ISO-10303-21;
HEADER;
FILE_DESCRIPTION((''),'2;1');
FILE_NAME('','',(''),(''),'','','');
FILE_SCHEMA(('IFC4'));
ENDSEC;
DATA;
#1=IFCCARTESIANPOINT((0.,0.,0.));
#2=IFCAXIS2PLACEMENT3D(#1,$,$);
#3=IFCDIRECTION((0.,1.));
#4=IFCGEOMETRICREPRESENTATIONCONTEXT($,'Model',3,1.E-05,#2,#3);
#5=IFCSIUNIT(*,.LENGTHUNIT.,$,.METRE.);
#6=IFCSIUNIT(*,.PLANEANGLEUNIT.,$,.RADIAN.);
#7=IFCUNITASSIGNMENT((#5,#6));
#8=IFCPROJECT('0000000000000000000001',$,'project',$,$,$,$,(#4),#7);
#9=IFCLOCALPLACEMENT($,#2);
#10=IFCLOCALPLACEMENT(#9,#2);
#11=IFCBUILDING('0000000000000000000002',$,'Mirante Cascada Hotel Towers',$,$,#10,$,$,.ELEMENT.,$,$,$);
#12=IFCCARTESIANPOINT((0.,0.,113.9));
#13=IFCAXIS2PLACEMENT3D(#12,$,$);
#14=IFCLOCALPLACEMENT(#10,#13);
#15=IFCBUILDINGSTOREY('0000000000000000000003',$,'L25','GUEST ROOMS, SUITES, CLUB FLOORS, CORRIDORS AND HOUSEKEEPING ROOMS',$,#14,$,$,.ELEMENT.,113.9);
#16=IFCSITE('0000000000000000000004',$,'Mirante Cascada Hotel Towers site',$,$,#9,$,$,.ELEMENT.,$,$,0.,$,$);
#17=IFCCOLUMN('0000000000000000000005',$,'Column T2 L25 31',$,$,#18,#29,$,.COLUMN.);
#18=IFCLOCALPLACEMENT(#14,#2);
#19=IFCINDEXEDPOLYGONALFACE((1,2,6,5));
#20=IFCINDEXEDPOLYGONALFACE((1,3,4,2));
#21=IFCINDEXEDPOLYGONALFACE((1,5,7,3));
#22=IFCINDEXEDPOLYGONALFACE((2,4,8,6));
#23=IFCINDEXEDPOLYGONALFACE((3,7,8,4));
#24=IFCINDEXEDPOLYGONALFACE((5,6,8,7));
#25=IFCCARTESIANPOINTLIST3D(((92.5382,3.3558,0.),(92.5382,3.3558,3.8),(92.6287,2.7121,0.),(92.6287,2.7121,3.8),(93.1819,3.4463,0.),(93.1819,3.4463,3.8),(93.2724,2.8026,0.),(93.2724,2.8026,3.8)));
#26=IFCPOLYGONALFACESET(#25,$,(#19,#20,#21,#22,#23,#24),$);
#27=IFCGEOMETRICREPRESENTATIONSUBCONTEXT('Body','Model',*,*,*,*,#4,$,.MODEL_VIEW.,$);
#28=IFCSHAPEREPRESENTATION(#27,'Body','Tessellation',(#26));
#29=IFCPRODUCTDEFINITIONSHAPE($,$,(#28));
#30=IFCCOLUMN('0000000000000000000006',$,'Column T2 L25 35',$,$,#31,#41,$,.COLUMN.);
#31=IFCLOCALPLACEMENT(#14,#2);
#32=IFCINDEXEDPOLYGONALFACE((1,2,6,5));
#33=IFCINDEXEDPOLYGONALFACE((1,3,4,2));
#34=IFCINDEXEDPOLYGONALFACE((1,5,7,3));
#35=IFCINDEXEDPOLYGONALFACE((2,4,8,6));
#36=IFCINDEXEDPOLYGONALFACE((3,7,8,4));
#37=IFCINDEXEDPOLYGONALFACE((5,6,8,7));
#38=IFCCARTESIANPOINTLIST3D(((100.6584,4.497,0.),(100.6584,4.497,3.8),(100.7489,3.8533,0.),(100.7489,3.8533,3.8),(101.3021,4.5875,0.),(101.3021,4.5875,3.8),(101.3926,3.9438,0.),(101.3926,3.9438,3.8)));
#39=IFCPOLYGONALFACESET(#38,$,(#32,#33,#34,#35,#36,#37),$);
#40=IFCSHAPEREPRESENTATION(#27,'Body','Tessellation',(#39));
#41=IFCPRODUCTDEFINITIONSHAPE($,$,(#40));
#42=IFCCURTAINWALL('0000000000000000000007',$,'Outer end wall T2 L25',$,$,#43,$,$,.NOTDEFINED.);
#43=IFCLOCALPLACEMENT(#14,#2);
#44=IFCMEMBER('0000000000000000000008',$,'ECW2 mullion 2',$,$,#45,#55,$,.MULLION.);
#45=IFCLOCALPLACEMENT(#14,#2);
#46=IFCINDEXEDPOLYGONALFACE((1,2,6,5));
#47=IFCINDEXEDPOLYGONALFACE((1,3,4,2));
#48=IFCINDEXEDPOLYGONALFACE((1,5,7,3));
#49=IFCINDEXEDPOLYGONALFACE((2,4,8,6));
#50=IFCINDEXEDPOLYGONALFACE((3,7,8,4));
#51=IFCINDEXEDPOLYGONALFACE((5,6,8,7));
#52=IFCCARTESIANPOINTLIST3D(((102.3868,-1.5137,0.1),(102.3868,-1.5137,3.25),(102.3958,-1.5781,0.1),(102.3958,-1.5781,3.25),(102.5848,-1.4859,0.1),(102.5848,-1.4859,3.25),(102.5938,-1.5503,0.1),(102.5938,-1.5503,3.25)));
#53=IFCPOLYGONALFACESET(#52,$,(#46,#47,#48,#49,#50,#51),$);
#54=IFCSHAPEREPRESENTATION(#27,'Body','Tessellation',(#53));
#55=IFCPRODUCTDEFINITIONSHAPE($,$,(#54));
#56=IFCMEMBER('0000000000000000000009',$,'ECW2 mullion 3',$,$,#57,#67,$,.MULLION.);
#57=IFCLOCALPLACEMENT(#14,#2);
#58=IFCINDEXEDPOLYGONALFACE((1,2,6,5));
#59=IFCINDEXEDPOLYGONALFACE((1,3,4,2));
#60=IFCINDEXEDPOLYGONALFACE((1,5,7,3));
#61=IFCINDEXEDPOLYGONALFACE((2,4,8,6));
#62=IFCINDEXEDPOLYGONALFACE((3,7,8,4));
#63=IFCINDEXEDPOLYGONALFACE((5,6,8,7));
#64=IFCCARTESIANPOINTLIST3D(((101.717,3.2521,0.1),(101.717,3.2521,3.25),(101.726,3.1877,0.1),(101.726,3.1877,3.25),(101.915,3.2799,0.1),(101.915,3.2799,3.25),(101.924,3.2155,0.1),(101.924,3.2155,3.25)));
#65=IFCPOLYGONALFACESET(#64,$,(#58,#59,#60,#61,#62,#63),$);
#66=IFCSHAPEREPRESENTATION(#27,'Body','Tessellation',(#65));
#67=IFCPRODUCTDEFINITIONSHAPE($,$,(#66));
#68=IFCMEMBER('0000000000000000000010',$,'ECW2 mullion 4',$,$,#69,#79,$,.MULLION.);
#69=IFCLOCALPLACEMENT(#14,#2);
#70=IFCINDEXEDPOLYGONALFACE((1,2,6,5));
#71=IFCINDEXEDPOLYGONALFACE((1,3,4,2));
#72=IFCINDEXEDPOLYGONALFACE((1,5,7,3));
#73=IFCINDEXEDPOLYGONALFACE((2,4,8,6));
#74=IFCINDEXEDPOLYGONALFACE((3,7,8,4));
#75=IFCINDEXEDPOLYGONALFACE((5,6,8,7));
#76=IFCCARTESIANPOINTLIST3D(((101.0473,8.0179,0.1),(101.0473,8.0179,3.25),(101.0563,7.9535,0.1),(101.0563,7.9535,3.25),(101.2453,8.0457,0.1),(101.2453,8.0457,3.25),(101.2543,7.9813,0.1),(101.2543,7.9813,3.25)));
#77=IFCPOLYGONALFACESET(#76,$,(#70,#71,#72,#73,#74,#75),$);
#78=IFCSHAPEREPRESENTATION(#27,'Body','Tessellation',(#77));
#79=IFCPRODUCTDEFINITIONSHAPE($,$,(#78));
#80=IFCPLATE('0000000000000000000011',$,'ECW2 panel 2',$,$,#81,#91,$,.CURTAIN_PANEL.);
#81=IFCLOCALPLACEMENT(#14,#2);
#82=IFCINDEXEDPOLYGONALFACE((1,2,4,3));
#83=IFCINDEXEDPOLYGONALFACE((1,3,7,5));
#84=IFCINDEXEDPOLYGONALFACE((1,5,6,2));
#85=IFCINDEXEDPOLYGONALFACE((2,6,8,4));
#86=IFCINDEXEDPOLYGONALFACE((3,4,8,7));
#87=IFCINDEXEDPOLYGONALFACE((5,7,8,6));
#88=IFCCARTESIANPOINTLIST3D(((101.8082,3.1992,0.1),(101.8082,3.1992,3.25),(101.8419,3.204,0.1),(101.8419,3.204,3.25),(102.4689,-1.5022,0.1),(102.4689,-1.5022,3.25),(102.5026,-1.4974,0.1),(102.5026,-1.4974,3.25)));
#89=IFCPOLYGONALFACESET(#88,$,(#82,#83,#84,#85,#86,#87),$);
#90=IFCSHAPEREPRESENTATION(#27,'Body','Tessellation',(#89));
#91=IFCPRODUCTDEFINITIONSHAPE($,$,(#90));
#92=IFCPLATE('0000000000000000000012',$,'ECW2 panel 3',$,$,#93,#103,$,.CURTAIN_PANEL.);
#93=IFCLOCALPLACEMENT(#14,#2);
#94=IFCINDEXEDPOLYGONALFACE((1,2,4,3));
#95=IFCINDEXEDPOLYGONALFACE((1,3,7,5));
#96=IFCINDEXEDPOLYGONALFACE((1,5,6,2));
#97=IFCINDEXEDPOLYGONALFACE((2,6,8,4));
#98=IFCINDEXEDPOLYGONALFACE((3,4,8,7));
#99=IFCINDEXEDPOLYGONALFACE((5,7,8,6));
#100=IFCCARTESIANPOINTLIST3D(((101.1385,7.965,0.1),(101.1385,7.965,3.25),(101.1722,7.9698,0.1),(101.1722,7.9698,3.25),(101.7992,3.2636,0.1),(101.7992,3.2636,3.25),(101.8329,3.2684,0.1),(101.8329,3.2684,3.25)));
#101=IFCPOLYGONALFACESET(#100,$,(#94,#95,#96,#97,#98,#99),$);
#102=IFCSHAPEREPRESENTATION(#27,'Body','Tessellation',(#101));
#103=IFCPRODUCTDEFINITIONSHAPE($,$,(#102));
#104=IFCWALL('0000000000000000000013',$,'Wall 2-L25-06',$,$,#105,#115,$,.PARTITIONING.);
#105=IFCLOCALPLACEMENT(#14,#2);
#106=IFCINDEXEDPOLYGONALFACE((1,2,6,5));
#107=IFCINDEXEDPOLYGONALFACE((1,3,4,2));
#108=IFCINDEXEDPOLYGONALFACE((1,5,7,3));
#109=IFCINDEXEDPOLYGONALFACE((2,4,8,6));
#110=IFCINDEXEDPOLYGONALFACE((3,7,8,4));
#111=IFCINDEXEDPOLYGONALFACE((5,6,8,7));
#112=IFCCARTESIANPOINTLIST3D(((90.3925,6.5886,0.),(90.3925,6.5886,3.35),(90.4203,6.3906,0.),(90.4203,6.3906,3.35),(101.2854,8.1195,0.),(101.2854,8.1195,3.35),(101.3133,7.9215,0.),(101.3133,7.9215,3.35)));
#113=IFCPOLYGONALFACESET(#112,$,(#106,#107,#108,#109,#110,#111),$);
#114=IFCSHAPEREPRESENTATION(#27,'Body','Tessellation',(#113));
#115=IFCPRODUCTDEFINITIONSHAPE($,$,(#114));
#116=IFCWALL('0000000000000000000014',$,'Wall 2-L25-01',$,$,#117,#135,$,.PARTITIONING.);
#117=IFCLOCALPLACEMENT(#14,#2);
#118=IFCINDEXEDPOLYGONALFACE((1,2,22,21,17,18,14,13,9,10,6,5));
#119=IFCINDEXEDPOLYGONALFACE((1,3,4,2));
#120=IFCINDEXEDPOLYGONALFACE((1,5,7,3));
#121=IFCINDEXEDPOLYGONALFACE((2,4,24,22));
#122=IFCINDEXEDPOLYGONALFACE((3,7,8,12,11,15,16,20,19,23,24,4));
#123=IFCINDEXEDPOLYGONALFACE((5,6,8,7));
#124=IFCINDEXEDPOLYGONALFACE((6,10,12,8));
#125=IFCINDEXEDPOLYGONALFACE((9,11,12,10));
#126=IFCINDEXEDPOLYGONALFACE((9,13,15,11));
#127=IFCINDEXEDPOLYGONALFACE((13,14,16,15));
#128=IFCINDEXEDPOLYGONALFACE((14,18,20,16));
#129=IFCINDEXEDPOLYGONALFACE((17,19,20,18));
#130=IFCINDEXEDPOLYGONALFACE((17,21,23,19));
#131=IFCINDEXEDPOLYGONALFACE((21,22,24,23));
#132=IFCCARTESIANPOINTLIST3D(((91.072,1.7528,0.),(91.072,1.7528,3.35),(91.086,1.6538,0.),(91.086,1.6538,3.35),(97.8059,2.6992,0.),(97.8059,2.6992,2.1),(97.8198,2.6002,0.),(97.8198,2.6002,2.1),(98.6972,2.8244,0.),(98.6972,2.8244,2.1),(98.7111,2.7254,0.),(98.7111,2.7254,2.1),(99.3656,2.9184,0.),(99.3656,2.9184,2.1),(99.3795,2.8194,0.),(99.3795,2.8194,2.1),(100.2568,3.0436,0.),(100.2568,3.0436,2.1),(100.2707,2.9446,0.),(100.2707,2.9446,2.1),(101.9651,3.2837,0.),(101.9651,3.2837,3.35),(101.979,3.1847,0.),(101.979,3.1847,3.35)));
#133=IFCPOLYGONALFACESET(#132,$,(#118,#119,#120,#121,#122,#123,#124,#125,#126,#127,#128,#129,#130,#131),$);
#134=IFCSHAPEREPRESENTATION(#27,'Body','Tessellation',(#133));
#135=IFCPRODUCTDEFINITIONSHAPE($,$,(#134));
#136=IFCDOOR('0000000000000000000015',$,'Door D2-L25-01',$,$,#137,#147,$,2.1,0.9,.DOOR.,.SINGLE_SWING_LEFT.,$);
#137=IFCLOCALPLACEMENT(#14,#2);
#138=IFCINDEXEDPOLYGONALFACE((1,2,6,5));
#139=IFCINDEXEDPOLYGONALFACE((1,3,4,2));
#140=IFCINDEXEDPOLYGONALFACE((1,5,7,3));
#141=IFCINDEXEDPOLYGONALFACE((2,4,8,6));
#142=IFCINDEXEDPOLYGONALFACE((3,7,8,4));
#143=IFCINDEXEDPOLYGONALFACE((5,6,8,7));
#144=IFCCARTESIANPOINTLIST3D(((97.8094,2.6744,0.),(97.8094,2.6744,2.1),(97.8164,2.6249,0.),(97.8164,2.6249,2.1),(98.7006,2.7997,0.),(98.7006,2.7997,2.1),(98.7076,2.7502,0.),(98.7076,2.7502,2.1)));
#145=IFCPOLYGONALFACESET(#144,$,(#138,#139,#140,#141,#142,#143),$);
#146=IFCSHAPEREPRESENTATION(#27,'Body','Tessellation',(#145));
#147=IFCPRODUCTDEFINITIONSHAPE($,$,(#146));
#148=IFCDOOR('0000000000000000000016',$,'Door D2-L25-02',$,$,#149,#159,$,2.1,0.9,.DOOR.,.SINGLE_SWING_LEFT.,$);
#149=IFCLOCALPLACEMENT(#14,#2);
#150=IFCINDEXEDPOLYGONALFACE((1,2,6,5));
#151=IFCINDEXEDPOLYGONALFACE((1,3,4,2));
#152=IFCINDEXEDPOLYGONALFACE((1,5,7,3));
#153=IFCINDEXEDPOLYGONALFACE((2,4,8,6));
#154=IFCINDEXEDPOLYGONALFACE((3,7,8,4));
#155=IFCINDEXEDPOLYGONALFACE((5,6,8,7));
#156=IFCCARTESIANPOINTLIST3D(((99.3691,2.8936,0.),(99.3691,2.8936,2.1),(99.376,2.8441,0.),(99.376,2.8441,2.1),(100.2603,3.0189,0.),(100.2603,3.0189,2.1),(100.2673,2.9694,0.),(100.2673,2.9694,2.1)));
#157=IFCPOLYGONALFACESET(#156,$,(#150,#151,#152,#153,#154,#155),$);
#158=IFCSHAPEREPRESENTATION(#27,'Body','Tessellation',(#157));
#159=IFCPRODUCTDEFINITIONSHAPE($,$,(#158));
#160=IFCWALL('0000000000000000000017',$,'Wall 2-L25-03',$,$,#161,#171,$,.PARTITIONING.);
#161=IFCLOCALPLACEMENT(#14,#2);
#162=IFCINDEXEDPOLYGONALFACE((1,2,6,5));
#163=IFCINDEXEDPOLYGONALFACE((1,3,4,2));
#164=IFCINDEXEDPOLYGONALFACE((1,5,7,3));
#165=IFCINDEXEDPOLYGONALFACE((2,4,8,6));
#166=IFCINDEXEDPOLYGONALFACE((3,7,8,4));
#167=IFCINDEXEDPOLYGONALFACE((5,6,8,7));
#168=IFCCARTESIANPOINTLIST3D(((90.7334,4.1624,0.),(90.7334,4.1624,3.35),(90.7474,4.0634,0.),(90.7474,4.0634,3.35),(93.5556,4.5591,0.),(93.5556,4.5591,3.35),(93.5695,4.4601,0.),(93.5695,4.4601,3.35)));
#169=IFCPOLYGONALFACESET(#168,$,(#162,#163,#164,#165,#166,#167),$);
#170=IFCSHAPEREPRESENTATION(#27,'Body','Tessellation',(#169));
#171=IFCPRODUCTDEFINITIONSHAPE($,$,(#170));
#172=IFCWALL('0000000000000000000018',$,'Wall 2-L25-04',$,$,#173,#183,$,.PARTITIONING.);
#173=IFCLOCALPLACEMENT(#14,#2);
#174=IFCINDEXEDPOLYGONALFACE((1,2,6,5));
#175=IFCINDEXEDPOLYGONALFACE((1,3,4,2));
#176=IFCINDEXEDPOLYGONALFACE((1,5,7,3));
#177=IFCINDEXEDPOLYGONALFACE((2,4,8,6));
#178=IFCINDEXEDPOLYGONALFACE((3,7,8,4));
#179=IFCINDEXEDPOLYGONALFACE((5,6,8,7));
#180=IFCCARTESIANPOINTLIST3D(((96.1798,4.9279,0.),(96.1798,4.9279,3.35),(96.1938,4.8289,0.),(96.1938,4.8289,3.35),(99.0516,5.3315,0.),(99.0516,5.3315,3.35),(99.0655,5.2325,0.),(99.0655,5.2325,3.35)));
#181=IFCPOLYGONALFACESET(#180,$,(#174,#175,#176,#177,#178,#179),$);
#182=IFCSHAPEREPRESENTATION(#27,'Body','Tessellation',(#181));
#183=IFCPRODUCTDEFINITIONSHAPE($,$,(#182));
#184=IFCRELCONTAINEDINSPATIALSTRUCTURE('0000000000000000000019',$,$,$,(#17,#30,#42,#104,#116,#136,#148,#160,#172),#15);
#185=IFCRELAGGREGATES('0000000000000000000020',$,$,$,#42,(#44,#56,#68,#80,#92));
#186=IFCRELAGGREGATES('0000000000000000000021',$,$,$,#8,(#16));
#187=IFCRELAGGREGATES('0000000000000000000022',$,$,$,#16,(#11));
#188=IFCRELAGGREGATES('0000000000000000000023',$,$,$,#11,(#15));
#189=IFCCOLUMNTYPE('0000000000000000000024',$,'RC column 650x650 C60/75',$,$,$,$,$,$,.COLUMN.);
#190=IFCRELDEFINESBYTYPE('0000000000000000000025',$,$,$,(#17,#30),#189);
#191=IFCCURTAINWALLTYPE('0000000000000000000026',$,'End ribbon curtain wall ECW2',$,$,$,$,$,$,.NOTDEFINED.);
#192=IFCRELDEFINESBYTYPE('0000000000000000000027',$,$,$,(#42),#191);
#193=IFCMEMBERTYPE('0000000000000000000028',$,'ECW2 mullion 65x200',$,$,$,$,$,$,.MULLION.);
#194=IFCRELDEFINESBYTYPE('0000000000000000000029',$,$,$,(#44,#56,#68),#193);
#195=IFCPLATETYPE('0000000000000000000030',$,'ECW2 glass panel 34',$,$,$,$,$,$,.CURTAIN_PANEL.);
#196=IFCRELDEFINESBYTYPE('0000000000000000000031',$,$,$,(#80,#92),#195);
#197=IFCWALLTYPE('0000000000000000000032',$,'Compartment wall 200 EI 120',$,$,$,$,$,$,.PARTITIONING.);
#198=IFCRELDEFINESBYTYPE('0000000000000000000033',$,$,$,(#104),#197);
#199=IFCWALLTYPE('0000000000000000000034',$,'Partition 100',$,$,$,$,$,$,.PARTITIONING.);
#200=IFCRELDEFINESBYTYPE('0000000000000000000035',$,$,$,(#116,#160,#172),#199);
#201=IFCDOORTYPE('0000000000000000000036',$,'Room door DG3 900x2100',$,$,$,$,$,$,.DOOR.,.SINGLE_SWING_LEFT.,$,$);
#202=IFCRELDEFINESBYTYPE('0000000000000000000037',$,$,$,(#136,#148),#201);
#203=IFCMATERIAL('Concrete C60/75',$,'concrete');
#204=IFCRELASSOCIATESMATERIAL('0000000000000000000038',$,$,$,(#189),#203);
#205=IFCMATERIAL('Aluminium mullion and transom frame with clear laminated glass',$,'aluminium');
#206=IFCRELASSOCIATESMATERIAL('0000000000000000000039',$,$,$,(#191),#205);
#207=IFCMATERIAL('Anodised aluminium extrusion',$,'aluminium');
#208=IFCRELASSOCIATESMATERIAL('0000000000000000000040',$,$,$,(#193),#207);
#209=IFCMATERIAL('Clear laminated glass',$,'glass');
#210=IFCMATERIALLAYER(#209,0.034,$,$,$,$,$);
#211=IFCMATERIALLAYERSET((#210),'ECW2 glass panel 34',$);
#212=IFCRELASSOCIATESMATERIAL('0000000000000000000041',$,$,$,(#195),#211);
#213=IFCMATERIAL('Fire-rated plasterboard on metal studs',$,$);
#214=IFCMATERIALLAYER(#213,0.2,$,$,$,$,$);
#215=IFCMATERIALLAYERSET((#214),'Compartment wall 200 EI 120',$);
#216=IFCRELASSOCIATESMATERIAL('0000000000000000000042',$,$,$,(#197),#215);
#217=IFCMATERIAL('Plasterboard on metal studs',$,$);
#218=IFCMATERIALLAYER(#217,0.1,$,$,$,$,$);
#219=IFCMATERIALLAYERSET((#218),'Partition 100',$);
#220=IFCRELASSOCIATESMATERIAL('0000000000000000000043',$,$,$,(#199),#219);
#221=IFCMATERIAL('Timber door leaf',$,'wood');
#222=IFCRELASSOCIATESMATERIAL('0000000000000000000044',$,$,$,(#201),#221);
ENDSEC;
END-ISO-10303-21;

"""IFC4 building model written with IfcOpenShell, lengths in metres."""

from ifc_helpers import new_model, si_unit, direction, frame, frame_2d, origin, origin_2d, place, context, subcontext, project, spatial, rectangle, extrude, material, layer, layer_set, material_profile, profile_set, type_object, element, fill, aggregate, save


model = new_model("IFC4")

# Units and contexts
model_context = context("Model", 3, precision=1e-05, world=origin(), true_north=direction((0.0, 1.0)))
body_context = subcontext(model_context, "Body", "Model", "MODEL_VIEW")
ifc_project = project(units=[si_unit("LENGTHUNIT", "METRE"), si_unit("PLANEANGLEUNIT", "RADIAN")], contexts=[model_context])

# Site, building, storey
site_placement = place(None, origin())
site = spatial("IfcSite", under=ifc_project, at=site_placement, Name="Mirante Cascada Hotel Towers site", CompositionType="ELEMENT", RefElevation=0.0)
building_placement = place(site_placement, origin())
building = spatial("IfcBuilding", under=site, at=building_placement, Name="Mirante Cascada Hotel Towers", CompositionType="ELEMENT")
storey_placement = place(building_placement, frame((0.0, 0.0, 113.9)))
storey = spatial("IfcBuildingStorey", under=building, at=storey_placement, Name="L25", Description="GUEST ROOMS, SUITES, CLUB FLOORS, CORRIDORS AND HOUSEKEEPING ROOMS", CompositionType="ELEMENT", Elevation=113.9)

# Columns
ifc_material_1 = material(Name="Concrete C60/75", Category="concrete")
ifc_material_profile_1 = material_profile(ifc_material_1, rectangle(XDim=0.65, YDim=0.65, at=origin_2d()), Name="RC column 650x650 C60/75")
ifc_profile_set_1 = profile_set([ifc_material_profile_1], Name="Concrete C60/75")
column_type = type_object("IfcColumnType", Name="RC column 650x650 C60/75", PredefinedType="COLUMN", material=ifc_profile_set_1)
for number, where, z_axis, x_axis, name in (
    (1, (92.9053, 3.0792, 0.0), (0.0, 0.0, 1.0), (0.990268, 0.139173, 0.0), "Column T2 L25 31"),
    (2, (101.0255, 4.2204, 0.0), (0.0, 0.0, 1.0), (0.990268, 0.139173, 0.0), "Column T2 L25 35"),
):
    element("IfcColumn", number, at=place(storey_placement, frame(where, z_axis=z_axis, x_axis=x_axis)), inside=storey, type_object=column_type, Name=name, PredefinedType="COLUMN", context=body_context, shape_type="SweptSolid", body=[
        extrude(rectangle(XDim=0.65, YDim=0.65, at=origin_2d()), origin(), (0.0, 0.0, 1.0), 3.8),
    ])

# Curtain wall, members, plates
ifc_material_2 = material(Name="Aluminium mullion and transom frame with clear laminated glass", Category="aluminium")
curtain_wall_type = type_object("IfcCurtainWallType", Name="End ribbon curtain wall ECW2", PredefinedType="NOTDEFINED", material=ifc_material_2)
curtain_wall_placement = place(storey_placement, origin())
curtain_wall = element("IfcCurtainWall", 3, at=curtain_wall_placement, inside=storey, type_object=curtain_wall_type, Name="Outer end wall T2 L25", PredefinedType="NOTDEFINED")
ifc_material_3 = material(Name="Anodised aluminium extrusion", Category="aluminium")
ifc_material_profile_2 = material_profile(ifc_material_3, rectangle(XDim=0.2, YDim=0.065, at=origin_2d()), Name="ECW2 MULLION 65x200")
ifc_profile_set_2 = profile_set([ifc_material_profile_2], Name="Anodised aluminium extrusion")
member_type = type_object("IfcMemberType", Name="ECW2 mullion 65x200", PredefinedType="MULLION", material=ifc_profile_set_2)
member_1_placement = place(storey_placement, frame((102.4903, -1.532, 0.1), z_axis=(0.0, 0.0, 1.0), x_axis=(-0.990268, -0.139173, 0.0)))
member_1 = element("IfcMember", 4, at=member_1_placement, type_object=member_type, Name="ECW2 mullion 2", PredefinedType="MULLION", context=body_context, shape_type="SweptSolid", body=[
    extrude(rectangle(XDim=0.2, YDim=0.065, at=origin_2d()), origin(), (0.0, 0.0, 1.0), 3.15),
])
member_2_placement = place(storey_placement, frame((101.8205, 3.2338, 0.1), z_axis=(0.0, 0.0, 1.0), x_axis=(-0.990268, -0.139173, 0.0)))
member_2 = element("IfcMember", 5, at=member_2_placement, type_object=member_type, Name="ECW2 mullion 3", PredefinedType="MULLION", context=body_context, shape_type="SweptSolid", body=[
    extrude(rectangle(XDim=0.2, YDim=0.065, at=origin_2d()), origin(), (0.0, 0.0, 1.0), 3.15),
])
member_3_placement = place(storey_placement, frame((101.1508, 7.9996, 0.1), z_axis=(0.0, 0.0, 1.0), x_axis=(-0.990268, -0.139173, 0.0)))
member_3 = element("IfcMember", 6, at=member_3_placement, type_object=member_type, Name="ECW2 mullion 4", PredefinedType="MULLION", context=body_context, shape_type="SweptSolid", body=[
    extrude(rectangle(XDim=0.2, YDim=0.065, at=origin_2d()), origin(), (0.0, 0.0, 1.0), 3.15),
])
ifc_material_4 = material(Name="Clear laminated glass", Category="glass")
ifc_layer_1 = layer(ifc_material_4, 0.034)
ifc_layer_set_1 = layer_set([ifc_layer_1], Name="ECW2 glass panel 34")
plate_type = type_object("IfcPlateType", Name="ECW2 glass panel 34", PredefinedType="CURTAIN_PANEL", material=ifc_layer_set_1)
plate_1_placement = place(storey_placement, frame((102.1554, 0.8509, 0.1), z_axis=(0.0, 0.0, 1.0), x_axis=(-0.139173, 0.990268, 0.0)))
plate_1 = element("IfcPlate", 7, at=plate_1_placement, type_object=plate_type, Name="ECW2 panel 2", PredefinedType="CURTAIN_PANEL", context=body_context, shape_type="SweptSolid", body=[
    extrude(rectangle(XDim=4.7476, YDim=0.034, at=origin_2d()), origin(), (0.0, 0.0, 1.0), 3.15),
])
plate_2_placement = place(storey_placement, frame((101.4857, 5.6167, 0.1), z_axis=(0.0, 0.0, 1.0), x_axis=(-0.139173, 0.990268, 0.0)))
plate_2 = element("IfcPlate", 8, at=plate_2_placement, type_object=plate_type, Name="ECW2 panel 3", PredefinedType="CURTAIN_PANEL", context=body_context, shape_type="SweptSolid", body=[
    extrude(rectangle(XDim=4.7476, YDim=0.034, at=origin_2d()), origin(), (0.0, 0.0, 1.0), 3.15),
])
aggregate(curtain_wall, [member_1, member_2, member_3, plate_1, plate_2])

# Wall
ifc_material_5 = material(Name="Fire-rated plasterboard on metal studs")
ifc_layer_2 = layer(ifc_material_5, 0.2)
ifc_layer_set_2 = layer_set([ifc_layer_2], Name="Compartment wall 200 EI 120")
wall_type_1 = type_object("IfcWallType", Name="Compartment wall 200 EI 120", PredefinedType="PARTITIONING", material=ifc_layer_set_2)
wall_1_placement = place(storey_placement, frame((90.4064, 6.4896, 0.0), z_axis=(0.0, 0.0, 1.0), x_axis=(0.990268, 0.139173, 0.0)))
element("IfcWall", 9, at=wall_1_placement, inside=storey, type_object=wall_type_1, Name="Wall 2-L25-06", PredefinedType="PARTITIONING", context=body_context, shape_type="SweptSolid", body=[
    extrude(rectangle(XDim=11.0, YDim=0.2, at=frame_2d((5.5, 0.0))), origin(), (0.0, 0.0, 1.0), 3.35),
])

# Wall, openings, doors
ifc_material_6 = material(Name="Plasterboard on metal studs")
ifc_layer_3 = layer(ifc_material_6, 0.1)
ifc_layer_set_3 = layer_set([ifc_layer_3], Name="Partition 100")
wall_type_2 = type_object("IfcWallType", Name="Partition 100", PredefinedType="PARTITIONING", material=ifc_layer_set_3)
wall_2_placement = place(storey_placement, frame((101.972, 3.2342, 0.0), z_axis=(0.0, 0.0, 1.0), x_axis=(-0.990268, -0.139172, 0.0)))
wall_2 = element("IfcWall", 10, at=wall_2_placement, inside=storey, type_object=wall_type_2, Name="Wall 2-L25-01", PredefinedType="PARTITIONING", context=body_context, shape_type="SweptSolid", body=[
    extrude(rectangle(XDim=11.0001, YDim=0.1, at=frame_2d((5.5, 0.0))), origin(), (0.0, 0.0, 1.0), 3.35),
])
opening_1_placement = place(wall_2_placement, frame((3.3, 0.0, 0.0)))
opening_1 = element("IfcOpeningElement", 11, at=opening_1_placement, cuts=wall_2, PredefinedType="OPENING", context=body_context, shape_type="SweptSolid", body=[
    extrude(rectangle(XDim=0.9, YDim=2.1, at=frame_2d((0.45, 1.05))), frame((0.0, 0.05, 0.0), z_axis=(0.0, -1.0, 0.0), x_axis=(1.0, 0.0, 0.0)), (0.0, 0.0, 1.0), 0.1),
])
opening_2_placement = place(wall_2_placement, frame((1.725, 0.0, 0.0)))
opening_2 = element("IfcOpeningElement", 12, at=opening_2_placement, cuts=wall_2, PredefinedType="OPENING", context=body_context, shape_type="SweptSolid", body=[
    extrude(rectangle(XDim=0.9, YDim=2.1, at=frame_2d((0.45, 1.05))), frame((0.0, 0.05, 0.0), z_axis=(0.0, -1.0, 0.0), x_axis=(1.0, 0.0, 0.0)), (0.0, 0.0, 1.0), 0.1),
])
ifc_material_7 = material(Name="Timber door leaf", Category="wood")
door_type_1 = type_object("IfcDoorType", Name="Room door DG3 900x2100", OperationType="SINGLE_SWING_LEFT", PredefinedType="DOOR", material=ifc_material_7)
door_1_placement = place(opening_1_placement, origin())
door_1 = element("IfcDoor", 13, at=door_1_placement, inside=storey, type_object=door_type_1, Name="Door D2-L25-01", OperationType="SINGLE_SWING_LEFT", OverallHeight=2.1, OverallWidth=0.9, PredefinedType="DOOR", context=body_context, shape_type="SweptSolid", body=[
    extrude(rectangle(XDim=0.9, YDim=2.1, at=frame_2d((0.45, 1.05))), frame((0.0, 0.025, 0.0), z_axis=(0.0, -1.0, 0.0), x_axis=(1.0, 0.0, 0.0)), (0.0, 0.0, 1.0), 0.05),
])
fill(opening_1, door_1)
door_2_placement = place(opening_2_placement, origin())
door_2 = element("IfcDoor", 14, at=door_2_placement, inside=storey, type_object=door_type_1, Name="Door D2-L25-02", OperationType="SINGLE_SWING_LEFT", OverallHeight=2.1, OverallWidth=0.9, PredefinedType="DOOR", context=body_context, shape_type="SweptSolid", body=[
    extrude(rectangle(XDim=0.9, YDim=2.1, at=frame_2d((0.45, 1.05))), frame((0.0, 0.025, 0.0), z_axis=(0.0, -1.0, 0.0), x_axis=(1.0, 0.0, 0.0)), (0.0, 0.0, 1.0), 0.05),
])
fill(opening_2, door_2)

# Walls
wall_3_placement = place(storey_placement, frame((93.5626, 4.5096, 0.0), z_axis=(0.0, 0.0, 1.0), x_axis=(-0.990265, -0.139196, 0.0)))
element("IfcWall", 15, at=wall_3_placement, inside=storey, type_object=wall_type_2, Name="Wall 2-L25-03", PredefinedType="PARTITIONING", context=body_context, shape_type="SweptSolid", body=[
    extrude(rectangle(XDim=2.8499, YDim=0.1, at=frame_2d((1.425, 0.0))), origin(), (0.0, 0.0, 1.0), 3.35),
])
wall_4_placement = place(storey_placement, frame((96.1868, 4.8784, 0.0), z_axis=(0.0, 0.0, 1.0), x_axis=(0.990268, 0.139171, 0.0)))
element("IfcWall", 16, at=wall_4_placement, inside=storey, type_object=wall_type_2, Name="Wall 2-L25-04", PredefinedType="PARTITIONING", context=body_context, shape_type="SweptSolid", body=[
    extrude(rectangle(XDim=2.9, YDim=0.1, at=frame_2d((1.45, 0.0))), origin(), (0.0, 0.0, 1.0), 3.35),
])

save(model, "model.ifc")
